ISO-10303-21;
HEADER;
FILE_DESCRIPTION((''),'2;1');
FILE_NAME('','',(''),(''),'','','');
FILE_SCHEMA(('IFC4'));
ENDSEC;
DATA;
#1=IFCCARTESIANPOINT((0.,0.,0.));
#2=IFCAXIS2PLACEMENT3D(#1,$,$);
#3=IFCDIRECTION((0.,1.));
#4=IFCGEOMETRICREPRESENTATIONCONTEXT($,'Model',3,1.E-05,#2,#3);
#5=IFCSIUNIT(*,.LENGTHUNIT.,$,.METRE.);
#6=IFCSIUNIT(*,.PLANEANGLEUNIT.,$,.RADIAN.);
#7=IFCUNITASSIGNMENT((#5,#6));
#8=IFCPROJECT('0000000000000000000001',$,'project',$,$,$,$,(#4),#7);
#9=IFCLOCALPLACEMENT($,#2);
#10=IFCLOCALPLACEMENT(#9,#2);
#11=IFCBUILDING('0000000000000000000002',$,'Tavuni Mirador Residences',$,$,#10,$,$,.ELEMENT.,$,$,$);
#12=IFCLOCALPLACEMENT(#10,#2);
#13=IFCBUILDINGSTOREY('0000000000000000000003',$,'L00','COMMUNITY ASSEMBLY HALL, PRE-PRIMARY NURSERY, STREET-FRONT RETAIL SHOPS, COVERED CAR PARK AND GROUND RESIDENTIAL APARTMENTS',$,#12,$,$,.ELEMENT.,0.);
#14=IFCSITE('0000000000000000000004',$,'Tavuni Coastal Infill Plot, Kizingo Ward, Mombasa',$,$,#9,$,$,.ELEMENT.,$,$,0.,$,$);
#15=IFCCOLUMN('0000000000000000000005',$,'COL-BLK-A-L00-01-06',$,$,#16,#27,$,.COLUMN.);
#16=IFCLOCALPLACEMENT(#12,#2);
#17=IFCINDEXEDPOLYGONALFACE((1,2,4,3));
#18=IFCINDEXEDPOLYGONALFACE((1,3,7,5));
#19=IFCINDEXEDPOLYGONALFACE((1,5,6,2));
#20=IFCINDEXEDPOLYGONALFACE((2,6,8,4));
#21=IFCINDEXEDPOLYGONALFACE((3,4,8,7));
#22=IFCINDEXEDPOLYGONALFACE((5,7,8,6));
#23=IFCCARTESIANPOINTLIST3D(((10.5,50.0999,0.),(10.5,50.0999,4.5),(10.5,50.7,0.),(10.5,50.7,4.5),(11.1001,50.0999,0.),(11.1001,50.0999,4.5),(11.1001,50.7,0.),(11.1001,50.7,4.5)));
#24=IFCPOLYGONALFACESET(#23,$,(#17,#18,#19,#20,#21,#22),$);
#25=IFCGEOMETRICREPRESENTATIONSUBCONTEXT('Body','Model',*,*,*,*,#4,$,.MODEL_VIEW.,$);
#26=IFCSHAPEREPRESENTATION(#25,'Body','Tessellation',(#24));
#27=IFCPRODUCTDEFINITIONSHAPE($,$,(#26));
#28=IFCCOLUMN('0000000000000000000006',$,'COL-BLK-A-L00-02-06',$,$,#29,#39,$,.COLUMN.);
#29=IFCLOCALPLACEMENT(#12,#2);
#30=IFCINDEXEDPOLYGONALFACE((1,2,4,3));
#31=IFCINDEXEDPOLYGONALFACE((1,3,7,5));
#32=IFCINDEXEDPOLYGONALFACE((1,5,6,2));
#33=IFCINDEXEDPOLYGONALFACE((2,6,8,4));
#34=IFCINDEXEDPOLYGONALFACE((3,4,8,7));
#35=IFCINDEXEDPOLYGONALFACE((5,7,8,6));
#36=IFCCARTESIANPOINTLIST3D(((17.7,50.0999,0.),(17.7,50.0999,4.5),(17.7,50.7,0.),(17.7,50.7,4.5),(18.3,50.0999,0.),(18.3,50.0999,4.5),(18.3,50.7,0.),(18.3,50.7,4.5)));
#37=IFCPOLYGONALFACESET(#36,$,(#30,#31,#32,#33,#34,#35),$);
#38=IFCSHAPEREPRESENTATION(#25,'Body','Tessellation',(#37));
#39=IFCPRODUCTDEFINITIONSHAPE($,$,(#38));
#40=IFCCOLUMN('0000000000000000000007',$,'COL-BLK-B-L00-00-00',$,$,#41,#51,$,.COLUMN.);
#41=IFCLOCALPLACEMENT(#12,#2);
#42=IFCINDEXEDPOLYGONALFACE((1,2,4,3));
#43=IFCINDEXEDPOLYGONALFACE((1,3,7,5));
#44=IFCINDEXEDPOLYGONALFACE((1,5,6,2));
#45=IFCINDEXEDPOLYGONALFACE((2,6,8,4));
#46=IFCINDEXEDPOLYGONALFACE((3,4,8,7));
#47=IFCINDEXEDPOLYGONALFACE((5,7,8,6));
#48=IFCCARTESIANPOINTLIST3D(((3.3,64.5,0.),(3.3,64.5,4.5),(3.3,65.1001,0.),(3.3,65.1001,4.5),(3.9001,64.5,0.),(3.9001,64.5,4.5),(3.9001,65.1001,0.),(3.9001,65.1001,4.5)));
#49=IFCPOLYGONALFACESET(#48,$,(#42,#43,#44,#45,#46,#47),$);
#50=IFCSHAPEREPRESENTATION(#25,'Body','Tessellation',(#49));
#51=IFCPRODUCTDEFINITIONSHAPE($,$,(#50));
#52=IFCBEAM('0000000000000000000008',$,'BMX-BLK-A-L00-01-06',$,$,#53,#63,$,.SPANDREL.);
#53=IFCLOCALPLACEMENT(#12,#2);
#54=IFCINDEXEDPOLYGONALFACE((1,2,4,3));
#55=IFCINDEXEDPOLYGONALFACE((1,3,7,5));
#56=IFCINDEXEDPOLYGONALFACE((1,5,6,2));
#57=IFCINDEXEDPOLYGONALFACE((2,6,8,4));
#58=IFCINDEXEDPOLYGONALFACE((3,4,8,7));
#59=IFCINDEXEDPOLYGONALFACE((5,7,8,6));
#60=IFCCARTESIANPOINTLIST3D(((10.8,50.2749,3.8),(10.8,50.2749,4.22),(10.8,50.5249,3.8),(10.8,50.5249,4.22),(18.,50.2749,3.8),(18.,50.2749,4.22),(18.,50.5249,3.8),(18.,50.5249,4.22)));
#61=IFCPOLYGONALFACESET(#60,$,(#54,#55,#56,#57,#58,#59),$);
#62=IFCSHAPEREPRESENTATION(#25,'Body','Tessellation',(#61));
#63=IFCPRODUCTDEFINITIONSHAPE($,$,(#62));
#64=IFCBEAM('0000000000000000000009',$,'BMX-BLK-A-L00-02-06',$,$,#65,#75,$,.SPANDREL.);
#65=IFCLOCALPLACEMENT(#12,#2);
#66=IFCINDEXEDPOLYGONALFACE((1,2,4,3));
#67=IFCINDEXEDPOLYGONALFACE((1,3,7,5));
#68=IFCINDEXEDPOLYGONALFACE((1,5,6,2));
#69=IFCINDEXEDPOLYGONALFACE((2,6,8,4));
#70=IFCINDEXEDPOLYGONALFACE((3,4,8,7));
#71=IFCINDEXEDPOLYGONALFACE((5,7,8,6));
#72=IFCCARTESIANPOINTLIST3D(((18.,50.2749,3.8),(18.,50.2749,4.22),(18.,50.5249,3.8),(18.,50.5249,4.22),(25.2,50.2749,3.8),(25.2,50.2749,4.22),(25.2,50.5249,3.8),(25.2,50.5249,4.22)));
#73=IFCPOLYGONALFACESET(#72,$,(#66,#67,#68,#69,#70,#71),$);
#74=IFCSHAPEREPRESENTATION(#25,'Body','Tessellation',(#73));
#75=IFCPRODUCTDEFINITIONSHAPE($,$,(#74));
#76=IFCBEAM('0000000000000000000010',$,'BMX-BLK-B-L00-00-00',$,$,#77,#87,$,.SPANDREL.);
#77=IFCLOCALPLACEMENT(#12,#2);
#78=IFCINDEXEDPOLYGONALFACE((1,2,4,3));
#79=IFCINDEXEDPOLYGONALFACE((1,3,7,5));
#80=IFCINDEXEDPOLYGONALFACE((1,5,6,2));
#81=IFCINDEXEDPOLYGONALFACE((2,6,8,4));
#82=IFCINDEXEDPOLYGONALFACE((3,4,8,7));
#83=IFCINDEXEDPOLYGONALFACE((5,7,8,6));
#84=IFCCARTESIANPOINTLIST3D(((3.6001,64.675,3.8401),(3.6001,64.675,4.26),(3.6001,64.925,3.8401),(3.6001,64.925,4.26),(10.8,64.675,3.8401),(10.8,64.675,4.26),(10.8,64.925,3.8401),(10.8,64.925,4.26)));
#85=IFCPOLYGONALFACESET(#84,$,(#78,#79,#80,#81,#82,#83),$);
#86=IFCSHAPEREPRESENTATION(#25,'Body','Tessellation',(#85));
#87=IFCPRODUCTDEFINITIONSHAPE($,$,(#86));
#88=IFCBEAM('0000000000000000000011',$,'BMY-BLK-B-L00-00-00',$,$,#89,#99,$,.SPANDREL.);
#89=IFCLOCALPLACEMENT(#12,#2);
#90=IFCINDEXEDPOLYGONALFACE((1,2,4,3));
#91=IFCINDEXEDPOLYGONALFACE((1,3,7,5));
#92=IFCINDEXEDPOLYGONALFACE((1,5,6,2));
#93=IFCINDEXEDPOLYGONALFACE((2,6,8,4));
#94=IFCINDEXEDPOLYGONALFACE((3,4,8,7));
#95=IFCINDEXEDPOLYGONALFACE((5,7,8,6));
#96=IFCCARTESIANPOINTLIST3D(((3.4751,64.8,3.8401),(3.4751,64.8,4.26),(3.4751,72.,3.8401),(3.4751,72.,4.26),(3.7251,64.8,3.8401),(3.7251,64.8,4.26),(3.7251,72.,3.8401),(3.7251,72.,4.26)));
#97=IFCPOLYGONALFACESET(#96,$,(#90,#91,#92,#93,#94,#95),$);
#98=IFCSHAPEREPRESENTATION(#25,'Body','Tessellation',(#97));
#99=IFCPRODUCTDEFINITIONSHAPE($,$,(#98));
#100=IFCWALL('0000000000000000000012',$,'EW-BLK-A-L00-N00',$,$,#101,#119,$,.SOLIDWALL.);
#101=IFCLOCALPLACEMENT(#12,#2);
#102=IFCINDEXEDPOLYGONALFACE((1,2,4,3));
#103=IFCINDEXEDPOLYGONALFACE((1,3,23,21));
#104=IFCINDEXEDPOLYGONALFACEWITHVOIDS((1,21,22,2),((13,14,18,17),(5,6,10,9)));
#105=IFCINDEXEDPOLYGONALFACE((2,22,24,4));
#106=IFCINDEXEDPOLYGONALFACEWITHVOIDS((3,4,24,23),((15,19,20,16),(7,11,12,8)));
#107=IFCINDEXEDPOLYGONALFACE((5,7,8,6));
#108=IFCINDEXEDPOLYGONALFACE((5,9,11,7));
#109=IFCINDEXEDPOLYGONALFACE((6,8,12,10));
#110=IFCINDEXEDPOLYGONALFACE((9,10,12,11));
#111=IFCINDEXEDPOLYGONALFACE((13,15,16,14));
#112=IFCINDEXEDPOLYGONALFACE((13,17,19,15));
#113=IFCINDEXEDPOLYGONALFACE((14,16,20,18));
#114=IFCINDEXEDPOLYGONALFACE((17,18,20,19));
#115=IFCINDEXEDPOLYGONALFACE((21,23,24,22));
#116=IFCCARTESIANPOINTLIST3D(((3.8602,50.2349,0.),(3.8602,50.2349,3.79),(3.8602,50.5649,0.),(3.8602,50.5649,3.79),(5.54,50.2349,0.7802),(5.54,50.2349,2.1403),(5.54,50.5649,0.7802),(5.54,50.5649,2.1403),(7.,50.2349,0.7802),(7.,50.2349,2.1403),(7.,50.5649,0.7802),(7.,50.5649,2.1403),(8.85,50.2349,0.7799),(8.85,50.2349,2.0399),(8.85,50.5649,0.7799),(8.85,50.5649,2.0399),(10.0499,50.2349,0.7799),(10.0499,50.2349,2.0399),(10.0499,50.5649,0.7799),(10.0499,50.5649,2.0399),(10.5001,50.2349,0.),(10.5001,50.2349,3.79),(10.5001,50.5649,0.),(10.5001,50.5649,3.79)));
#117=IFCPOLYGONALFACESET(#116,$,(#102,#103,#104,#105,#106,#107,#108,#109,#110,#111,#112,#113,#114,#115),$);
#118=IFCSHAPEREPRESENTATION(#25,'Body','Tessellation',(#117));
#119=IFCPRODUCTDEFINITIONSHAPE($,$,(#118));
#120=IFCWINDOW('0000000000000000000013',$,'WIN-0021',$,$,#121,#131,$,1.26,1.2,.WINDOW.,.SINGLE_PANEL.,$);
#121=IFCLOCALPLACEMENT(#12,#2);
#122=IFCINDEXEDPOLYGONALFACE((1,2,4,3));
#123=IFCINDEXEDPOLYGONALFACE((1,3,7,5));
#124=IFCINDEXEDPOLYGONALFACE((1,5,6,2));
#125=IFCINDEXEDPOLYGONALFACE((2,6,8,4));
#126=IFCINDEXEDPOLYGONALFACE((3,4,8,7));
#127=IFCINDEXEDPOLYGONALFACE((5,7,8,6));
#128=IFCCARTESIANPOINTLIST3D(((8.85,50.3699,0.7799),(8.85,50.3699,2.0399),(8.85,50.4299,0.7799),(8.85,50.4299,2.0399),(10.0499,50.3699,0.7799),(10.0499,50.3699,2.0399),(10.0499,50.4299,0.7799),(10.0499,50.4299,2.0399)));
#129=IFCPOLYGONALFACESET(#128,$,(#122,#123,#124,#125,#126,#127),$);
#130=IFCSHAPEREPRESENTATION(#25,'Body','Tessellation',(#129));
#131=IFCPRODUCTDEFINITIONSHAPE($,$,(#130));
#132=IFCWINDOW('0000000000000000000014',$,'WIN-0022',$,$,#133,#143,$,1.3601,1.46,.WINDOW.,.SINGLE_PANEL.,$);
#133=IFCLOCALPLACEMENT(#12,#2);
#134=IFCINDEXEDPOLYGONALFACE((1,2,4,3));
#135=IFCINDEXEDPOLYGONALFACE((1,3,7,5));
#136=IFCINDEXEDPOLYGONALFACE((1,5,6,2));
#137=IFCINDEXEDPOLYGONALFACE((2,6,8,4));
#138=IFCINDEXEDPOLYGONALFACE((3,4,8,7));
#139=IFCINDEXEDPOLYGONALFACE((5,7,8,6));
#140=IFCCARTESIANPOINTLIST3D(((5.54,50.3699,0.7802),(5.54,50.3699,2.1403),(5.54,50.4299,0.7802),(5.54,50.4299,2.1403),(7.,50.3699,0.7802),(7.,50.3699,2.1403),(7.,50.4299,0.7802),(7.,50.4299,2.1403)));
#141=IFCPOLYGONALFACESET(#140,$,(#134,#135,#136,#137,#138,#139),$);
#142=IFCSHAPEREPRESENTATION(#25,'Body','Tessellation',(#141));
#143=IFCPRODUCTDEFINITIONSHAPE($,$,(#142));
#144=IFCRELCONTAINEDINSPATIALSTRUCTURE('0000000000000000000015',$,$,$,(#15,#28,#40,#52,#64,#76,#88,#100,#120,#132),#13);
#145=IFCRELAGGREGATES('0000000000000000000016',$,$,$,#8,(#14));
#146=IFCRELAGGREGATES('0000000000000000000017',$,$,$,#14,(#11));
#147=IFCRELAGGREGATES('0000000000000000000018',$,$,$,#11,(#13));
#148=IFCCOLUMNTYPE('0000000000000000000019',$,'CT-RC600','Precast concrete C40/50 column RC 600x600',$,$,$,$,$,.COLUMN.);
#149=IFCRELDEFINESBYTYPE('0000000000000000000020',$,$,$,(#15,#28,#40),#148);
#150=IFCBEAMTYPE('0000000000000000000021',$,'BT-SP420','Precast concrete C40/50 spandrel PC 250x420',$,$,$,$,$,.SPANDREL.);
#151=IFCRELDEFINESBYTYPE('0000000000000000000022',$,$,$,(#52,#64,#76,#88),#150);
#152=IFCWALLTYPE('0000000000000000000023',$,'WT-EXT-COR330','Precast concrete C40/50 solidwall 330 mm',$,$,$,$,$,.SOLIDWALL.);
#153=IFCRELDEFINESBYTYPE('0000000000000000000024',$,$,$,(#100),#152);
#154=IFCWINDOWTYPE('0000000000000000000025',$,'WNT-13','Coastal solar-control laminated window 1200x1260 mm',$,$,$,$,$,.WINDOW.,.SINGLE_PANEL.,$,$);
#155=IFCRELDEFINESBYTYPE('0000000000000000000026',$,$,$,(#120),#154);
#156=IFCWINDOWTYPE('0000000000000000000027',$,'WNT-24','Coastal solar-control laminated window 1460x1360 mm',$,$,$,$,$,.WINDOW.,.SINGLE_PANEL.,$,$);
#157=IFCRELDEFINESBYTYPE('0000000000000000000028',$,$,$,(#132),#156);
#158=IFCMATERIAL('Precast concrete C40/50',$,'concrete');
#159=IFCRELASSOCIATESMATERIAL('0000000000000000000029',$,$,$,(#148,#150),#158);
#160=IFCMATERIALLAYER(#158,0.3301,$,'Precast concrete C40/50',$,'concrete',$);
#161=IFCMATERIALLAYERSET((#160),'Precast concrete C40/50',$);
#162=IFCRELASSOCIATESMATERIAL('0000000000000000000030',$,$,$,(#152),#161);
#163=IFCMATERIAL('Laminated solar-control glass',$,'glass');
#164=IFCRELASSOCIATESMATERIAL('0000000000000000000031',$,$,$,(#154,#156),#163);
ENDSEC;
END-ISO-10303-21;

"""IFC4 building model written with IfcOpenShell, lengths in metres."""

from ifc_helpers import new_model, si_unit, direction, frame, frame_2d, origin, origin_2d, place, context, subcontext, project, spatial, rectangle, extrude, material, layer, layer_set, material_profile, profile_set, type_object, element, fill, save


model = new_model("IFC4")

# Units and contexts
model_context = context("Model", 3, precision=1e-05, world=origin(), true_north=direction((0.0, 1.0)))
body_context = subcontext(model_context, "Body", "Model", "MODEL_VIEW")
ifc_project = project(units=[si_unit("LENGTHUNIT", "METRE"), si_unit("PLANEANGLEUNIT", "RADIAN")], contexts=[model_context])

# Site, building, storey
site_placement = place(None, origin())
site = spatial("IfcSite", under=ifc_project, at=site_placement, Name="Tavuni Coastal Infill Plot, Kizingo Ward, Mombasa", CompositionType="ELEMENT", RefElevation=0.0)
building_placement = place(site_placement, origin())
building = spatial("IfcBuilding", under=site, at=building_placement, Name="Tavuni Mirador Residences", CompositionType="ELEMENT")
storey_placement = place(building_placement, origin())
storey = spatial("IfcBuildingStorey", under=building, at=storey_placement, Name="L00", Description="COMMUNITY ASSEMBLY HALL, PRE-PRIMARY NURSERY, STREET-FRONT RETAIL SHOPS, COVERED CAR PARK AND GROUND RESIDENTIAL APARTMENTS", CompositionType="ELEMENT", Elevation=0.0)

# Columns
ifc_material_1 = material(Name="Precast concrete C40/50", Category="concrete")
ifc_material_profile_1 = material_profile(ifc_material_1, rectangle(XDim=0.6001, YDim=0.6001, at=origin_2d()), Name="RC 600x600", Category="concrete")
ifc_profile_set_1 = profile_set([ifc_material_profile_1], Name="Precast concrete C40/50")
column_type = type_object("IfcColumnType", Name="CT-RC600", Description="Precast concrete C40/50 column RC 600x600", PredefinedType="COLUMN", material=ifc_profile_set_1)
for number, where, z_axis, x_axis, name in (
    (1, (10.8, 50.3999, 0.0), (0.0, 0.0, 1.0), (1.0, 0.0, 0.0), "COL-BLK-A-L00-01-06"),
    (2, (18.0, 50.3999, 0.0), (0.0, 0.0, 1.0), (1.0, 0.0, 0.0), "COL-BLK-A-L00-02-06"),
    (3, (3.6001, 64.8, 0.0), (0.0, 0.0, 1.0), (1.0, 0.0, 0.0), "COL-BLK-B-L00-00-00"),
):
    element("IfcColumn", number, at=place(storey_placement, frame(where, z_axis=z_axis, x_axis=x_axis)), inside=storey, type_object=column_type, Name=name, PredefinedType="COLUMN", context=body_context, shape_type="SweptSolid", body=[
        extrude(rectangle(XDim=0.6001, YDim=0.6001, at=origin_2d()), origin(), (0.0, 0.0, 1.0), 4.5),
    ])

# Beams
ifc_material_profile_2 = material_profile(ifc_material_1, rectangle(XDim=0.25, YDim=0.4199, at=origin_2d()), Name="PC 250x420", Category="concrete")
ifc_profile_set_2 = profile_set([ifc_material_profile_2], Name="Precast concrete C40/50")
beam_type = type_object("IfcBeamType", Name="BT-SP420", Description="Precast concrete C40/50 spandrel PC 250x420", PredefinedType="SPANDREL", material=ifc_profile_set_2)
for number, where, z_axis, x_axis, name in (
    (4, (10.8, 50.3999, 4.01), (1.0, 0.0, 0.0), (0.0, 1.0, 0.0), "BMX-BLK-A-L00-01-06"),
    (5, (18.0, 50.3999, 4.01), (1.0, 0.0, 0.0), (0.0, 1.0, 0.0), "BMX-BLK-A-L00-02-06"),
    (6, (3.6001, 64.8, 4.05), (1.0, 0.0, 0.0), (0.0, 1.0, 0.0), "BMX-BLK-B-L00-00-00"),
    (7, (3.6001, 64.8, 4.05), (0.0, 1.0, 0.0), (-1.0, 0.0, 0.0), "BMY-BLK-B-L00-00-00"),
):
    element("IfcBeam", number, at=place(storey_placement, frame(where, z_axis=z_axis, x_axis=x_axis)), inside=storey, type_object=beam_type, Name=name, PredefinedType="SPANDREL", context=body_context, shape_type="SweptSolid", body=[
        extrude(rectangle(XDim=0.25, YDim=0.4199, at=origin_2d()), origin(), (0.0, 0.0, 1.0), 7.2),
    ])

# Wall, openings, windows
ifc_layer_1 = layer(ifc_material_1, 0.3301, Name="Precast concrete C40/50", Category="concrete")
ifc_layer_set_1 = layer_set([ifc_layer_1], Name="Precast concrete C40/50")
wall_type_1 = type_object("IfcWallType", Name="WT-EXT-COR330", Description="Precast concrete C40/50 solidwall 330 mm", PredefinedType="SOLIDWALL", material=ifc_layer_set_1)
wall_1_placement = place(storey_placement, frame((10.5, 50.3999, 0.0), z_axis=(0.0, 0.0, 1.0), x_axis=(-1.0, 0.0, 0.0)))
wall_1 = element("IfcWall", 8, at=wall_1_placement, inside=storey, type_object=wall_type_1, Name="EW-BLK-A-L00-N00", PredefinedType="SOLIDWALL", context=body_context, shape_type="SweptSolid", body=[
    extrude(rectangle(XDim=6.6399, YDim=0.3301, at=frame_2d((3.3198, 0.0))), origin(), (0.0, 0.0, 1.0), 3.79),
])
opening_1_placement = place(wall_1_placement, frame((0.45, 0.0, 0.78)))
opening_1 = element("IfcOpeningElement", 9, at=opening_1_placement, cuts=wall_1, PredefinedType="OPENING", context=body_context, shape_type="SweptSolid", body=[
    extrude(rectangle(XDim=1.2, YDim=1.26, at=frame_2d((0.6001, 0.6299))), frame((0.0, 0.175, 0.0), z_axis=(0.0, -1.0, 0.0), x_axis=(1.0, 0.0, 0.0)), (0.0, 0.0, 1.0), 0.3501),
])
opening_2_placement = place(wall_1_placement, frame((3.5, 0.0, 0.78)))
opening_2 = element("IfcOpeningElement", 10, at=opening_2_placement, cuts=wall_1, PredefinedType="OPENING", context=body_context, shape_type="SweptSolid", body=[
    extrude(rectangle(XDim=1.46, YDim=1.3601, at=frame_2d((0.73, 0.6802))), frame((0.0, 0.175, 0.0), z_axis=(0.0, -1.0, 0.0), x_axis=(1.0, 0.0, 0.0)), (0.0, 0.0, 1.0), 0.3501),
])
ifc_material_2 = material(Name="Laminated solar-control glass", Category="glass")
window_type_1 = type_object("IfcWindowType", Name="WNT-13", Description="Coastal solar-control laminated window 1200x1260 mm", PartitioningType="SINGLE_PANEL", PredefinedType="WINDOW", material=ifc_material_2)
window_1_placement = place(opening_1_placement, origin())
window_1 = element("IfcWindow", 11, at=window_1_placement, inside=storey, type_object=window_type_1, Name="WIN-0021", OverallHeight=1.26, OverallWidth=1.2, PartitioningType="SINGLE_PANEL", PredefinedType="WINDOW", context=body_context, shape_type="SweptSolid", body=[
    extrude(rectangle(XDim=1.2, YDim=1.26, at=frame_2d((0.6001, 0.6299))), frame((0.0, 0.03, 0.0), z_axis=(0.0, -1.0, 0.0), x_axis=(1.0, 0.0, 0.0)), (0.0, 0.0, 1.0), 0.0601),
])
fill(opening_1, window_1)
window_type_2 = type_object("IfcWindowType", Name="WNT-24", Description="Coastal solar-control laminated window 1460x1360 mm", PartitioningType="SINGLE_PANEL", PredefinedType="WINDOW", material=ifc_material_2)
window_2_placement = place(opening_2_placement, origin())
window_2 = element("IfcWindow", 12, at=window_2_placement, inside=storey, type_object=window_type_2, Name="WIN-0022", OverallHeight=1.3601, OverallWidth=1.46, PartitioningType="SINGLE_PANEL", PredefinedType="WINDOW", context=body_context, shape_type="SweptSolid", body=[
    extrude(rectangle(XDim=1.46, YDim=1.3601, at=frame_2d((0.73, 0.6802))), frame((0.0, 0.03, 0.0), z_axis=(0.0, -1.0, 0.0), x_axis=(1.0, 0.0, 0.0)), (0.0, 0.0, 1.0), 0.0601),
])
fill(opening_2, window_2)

save(model, "model.ifc")
